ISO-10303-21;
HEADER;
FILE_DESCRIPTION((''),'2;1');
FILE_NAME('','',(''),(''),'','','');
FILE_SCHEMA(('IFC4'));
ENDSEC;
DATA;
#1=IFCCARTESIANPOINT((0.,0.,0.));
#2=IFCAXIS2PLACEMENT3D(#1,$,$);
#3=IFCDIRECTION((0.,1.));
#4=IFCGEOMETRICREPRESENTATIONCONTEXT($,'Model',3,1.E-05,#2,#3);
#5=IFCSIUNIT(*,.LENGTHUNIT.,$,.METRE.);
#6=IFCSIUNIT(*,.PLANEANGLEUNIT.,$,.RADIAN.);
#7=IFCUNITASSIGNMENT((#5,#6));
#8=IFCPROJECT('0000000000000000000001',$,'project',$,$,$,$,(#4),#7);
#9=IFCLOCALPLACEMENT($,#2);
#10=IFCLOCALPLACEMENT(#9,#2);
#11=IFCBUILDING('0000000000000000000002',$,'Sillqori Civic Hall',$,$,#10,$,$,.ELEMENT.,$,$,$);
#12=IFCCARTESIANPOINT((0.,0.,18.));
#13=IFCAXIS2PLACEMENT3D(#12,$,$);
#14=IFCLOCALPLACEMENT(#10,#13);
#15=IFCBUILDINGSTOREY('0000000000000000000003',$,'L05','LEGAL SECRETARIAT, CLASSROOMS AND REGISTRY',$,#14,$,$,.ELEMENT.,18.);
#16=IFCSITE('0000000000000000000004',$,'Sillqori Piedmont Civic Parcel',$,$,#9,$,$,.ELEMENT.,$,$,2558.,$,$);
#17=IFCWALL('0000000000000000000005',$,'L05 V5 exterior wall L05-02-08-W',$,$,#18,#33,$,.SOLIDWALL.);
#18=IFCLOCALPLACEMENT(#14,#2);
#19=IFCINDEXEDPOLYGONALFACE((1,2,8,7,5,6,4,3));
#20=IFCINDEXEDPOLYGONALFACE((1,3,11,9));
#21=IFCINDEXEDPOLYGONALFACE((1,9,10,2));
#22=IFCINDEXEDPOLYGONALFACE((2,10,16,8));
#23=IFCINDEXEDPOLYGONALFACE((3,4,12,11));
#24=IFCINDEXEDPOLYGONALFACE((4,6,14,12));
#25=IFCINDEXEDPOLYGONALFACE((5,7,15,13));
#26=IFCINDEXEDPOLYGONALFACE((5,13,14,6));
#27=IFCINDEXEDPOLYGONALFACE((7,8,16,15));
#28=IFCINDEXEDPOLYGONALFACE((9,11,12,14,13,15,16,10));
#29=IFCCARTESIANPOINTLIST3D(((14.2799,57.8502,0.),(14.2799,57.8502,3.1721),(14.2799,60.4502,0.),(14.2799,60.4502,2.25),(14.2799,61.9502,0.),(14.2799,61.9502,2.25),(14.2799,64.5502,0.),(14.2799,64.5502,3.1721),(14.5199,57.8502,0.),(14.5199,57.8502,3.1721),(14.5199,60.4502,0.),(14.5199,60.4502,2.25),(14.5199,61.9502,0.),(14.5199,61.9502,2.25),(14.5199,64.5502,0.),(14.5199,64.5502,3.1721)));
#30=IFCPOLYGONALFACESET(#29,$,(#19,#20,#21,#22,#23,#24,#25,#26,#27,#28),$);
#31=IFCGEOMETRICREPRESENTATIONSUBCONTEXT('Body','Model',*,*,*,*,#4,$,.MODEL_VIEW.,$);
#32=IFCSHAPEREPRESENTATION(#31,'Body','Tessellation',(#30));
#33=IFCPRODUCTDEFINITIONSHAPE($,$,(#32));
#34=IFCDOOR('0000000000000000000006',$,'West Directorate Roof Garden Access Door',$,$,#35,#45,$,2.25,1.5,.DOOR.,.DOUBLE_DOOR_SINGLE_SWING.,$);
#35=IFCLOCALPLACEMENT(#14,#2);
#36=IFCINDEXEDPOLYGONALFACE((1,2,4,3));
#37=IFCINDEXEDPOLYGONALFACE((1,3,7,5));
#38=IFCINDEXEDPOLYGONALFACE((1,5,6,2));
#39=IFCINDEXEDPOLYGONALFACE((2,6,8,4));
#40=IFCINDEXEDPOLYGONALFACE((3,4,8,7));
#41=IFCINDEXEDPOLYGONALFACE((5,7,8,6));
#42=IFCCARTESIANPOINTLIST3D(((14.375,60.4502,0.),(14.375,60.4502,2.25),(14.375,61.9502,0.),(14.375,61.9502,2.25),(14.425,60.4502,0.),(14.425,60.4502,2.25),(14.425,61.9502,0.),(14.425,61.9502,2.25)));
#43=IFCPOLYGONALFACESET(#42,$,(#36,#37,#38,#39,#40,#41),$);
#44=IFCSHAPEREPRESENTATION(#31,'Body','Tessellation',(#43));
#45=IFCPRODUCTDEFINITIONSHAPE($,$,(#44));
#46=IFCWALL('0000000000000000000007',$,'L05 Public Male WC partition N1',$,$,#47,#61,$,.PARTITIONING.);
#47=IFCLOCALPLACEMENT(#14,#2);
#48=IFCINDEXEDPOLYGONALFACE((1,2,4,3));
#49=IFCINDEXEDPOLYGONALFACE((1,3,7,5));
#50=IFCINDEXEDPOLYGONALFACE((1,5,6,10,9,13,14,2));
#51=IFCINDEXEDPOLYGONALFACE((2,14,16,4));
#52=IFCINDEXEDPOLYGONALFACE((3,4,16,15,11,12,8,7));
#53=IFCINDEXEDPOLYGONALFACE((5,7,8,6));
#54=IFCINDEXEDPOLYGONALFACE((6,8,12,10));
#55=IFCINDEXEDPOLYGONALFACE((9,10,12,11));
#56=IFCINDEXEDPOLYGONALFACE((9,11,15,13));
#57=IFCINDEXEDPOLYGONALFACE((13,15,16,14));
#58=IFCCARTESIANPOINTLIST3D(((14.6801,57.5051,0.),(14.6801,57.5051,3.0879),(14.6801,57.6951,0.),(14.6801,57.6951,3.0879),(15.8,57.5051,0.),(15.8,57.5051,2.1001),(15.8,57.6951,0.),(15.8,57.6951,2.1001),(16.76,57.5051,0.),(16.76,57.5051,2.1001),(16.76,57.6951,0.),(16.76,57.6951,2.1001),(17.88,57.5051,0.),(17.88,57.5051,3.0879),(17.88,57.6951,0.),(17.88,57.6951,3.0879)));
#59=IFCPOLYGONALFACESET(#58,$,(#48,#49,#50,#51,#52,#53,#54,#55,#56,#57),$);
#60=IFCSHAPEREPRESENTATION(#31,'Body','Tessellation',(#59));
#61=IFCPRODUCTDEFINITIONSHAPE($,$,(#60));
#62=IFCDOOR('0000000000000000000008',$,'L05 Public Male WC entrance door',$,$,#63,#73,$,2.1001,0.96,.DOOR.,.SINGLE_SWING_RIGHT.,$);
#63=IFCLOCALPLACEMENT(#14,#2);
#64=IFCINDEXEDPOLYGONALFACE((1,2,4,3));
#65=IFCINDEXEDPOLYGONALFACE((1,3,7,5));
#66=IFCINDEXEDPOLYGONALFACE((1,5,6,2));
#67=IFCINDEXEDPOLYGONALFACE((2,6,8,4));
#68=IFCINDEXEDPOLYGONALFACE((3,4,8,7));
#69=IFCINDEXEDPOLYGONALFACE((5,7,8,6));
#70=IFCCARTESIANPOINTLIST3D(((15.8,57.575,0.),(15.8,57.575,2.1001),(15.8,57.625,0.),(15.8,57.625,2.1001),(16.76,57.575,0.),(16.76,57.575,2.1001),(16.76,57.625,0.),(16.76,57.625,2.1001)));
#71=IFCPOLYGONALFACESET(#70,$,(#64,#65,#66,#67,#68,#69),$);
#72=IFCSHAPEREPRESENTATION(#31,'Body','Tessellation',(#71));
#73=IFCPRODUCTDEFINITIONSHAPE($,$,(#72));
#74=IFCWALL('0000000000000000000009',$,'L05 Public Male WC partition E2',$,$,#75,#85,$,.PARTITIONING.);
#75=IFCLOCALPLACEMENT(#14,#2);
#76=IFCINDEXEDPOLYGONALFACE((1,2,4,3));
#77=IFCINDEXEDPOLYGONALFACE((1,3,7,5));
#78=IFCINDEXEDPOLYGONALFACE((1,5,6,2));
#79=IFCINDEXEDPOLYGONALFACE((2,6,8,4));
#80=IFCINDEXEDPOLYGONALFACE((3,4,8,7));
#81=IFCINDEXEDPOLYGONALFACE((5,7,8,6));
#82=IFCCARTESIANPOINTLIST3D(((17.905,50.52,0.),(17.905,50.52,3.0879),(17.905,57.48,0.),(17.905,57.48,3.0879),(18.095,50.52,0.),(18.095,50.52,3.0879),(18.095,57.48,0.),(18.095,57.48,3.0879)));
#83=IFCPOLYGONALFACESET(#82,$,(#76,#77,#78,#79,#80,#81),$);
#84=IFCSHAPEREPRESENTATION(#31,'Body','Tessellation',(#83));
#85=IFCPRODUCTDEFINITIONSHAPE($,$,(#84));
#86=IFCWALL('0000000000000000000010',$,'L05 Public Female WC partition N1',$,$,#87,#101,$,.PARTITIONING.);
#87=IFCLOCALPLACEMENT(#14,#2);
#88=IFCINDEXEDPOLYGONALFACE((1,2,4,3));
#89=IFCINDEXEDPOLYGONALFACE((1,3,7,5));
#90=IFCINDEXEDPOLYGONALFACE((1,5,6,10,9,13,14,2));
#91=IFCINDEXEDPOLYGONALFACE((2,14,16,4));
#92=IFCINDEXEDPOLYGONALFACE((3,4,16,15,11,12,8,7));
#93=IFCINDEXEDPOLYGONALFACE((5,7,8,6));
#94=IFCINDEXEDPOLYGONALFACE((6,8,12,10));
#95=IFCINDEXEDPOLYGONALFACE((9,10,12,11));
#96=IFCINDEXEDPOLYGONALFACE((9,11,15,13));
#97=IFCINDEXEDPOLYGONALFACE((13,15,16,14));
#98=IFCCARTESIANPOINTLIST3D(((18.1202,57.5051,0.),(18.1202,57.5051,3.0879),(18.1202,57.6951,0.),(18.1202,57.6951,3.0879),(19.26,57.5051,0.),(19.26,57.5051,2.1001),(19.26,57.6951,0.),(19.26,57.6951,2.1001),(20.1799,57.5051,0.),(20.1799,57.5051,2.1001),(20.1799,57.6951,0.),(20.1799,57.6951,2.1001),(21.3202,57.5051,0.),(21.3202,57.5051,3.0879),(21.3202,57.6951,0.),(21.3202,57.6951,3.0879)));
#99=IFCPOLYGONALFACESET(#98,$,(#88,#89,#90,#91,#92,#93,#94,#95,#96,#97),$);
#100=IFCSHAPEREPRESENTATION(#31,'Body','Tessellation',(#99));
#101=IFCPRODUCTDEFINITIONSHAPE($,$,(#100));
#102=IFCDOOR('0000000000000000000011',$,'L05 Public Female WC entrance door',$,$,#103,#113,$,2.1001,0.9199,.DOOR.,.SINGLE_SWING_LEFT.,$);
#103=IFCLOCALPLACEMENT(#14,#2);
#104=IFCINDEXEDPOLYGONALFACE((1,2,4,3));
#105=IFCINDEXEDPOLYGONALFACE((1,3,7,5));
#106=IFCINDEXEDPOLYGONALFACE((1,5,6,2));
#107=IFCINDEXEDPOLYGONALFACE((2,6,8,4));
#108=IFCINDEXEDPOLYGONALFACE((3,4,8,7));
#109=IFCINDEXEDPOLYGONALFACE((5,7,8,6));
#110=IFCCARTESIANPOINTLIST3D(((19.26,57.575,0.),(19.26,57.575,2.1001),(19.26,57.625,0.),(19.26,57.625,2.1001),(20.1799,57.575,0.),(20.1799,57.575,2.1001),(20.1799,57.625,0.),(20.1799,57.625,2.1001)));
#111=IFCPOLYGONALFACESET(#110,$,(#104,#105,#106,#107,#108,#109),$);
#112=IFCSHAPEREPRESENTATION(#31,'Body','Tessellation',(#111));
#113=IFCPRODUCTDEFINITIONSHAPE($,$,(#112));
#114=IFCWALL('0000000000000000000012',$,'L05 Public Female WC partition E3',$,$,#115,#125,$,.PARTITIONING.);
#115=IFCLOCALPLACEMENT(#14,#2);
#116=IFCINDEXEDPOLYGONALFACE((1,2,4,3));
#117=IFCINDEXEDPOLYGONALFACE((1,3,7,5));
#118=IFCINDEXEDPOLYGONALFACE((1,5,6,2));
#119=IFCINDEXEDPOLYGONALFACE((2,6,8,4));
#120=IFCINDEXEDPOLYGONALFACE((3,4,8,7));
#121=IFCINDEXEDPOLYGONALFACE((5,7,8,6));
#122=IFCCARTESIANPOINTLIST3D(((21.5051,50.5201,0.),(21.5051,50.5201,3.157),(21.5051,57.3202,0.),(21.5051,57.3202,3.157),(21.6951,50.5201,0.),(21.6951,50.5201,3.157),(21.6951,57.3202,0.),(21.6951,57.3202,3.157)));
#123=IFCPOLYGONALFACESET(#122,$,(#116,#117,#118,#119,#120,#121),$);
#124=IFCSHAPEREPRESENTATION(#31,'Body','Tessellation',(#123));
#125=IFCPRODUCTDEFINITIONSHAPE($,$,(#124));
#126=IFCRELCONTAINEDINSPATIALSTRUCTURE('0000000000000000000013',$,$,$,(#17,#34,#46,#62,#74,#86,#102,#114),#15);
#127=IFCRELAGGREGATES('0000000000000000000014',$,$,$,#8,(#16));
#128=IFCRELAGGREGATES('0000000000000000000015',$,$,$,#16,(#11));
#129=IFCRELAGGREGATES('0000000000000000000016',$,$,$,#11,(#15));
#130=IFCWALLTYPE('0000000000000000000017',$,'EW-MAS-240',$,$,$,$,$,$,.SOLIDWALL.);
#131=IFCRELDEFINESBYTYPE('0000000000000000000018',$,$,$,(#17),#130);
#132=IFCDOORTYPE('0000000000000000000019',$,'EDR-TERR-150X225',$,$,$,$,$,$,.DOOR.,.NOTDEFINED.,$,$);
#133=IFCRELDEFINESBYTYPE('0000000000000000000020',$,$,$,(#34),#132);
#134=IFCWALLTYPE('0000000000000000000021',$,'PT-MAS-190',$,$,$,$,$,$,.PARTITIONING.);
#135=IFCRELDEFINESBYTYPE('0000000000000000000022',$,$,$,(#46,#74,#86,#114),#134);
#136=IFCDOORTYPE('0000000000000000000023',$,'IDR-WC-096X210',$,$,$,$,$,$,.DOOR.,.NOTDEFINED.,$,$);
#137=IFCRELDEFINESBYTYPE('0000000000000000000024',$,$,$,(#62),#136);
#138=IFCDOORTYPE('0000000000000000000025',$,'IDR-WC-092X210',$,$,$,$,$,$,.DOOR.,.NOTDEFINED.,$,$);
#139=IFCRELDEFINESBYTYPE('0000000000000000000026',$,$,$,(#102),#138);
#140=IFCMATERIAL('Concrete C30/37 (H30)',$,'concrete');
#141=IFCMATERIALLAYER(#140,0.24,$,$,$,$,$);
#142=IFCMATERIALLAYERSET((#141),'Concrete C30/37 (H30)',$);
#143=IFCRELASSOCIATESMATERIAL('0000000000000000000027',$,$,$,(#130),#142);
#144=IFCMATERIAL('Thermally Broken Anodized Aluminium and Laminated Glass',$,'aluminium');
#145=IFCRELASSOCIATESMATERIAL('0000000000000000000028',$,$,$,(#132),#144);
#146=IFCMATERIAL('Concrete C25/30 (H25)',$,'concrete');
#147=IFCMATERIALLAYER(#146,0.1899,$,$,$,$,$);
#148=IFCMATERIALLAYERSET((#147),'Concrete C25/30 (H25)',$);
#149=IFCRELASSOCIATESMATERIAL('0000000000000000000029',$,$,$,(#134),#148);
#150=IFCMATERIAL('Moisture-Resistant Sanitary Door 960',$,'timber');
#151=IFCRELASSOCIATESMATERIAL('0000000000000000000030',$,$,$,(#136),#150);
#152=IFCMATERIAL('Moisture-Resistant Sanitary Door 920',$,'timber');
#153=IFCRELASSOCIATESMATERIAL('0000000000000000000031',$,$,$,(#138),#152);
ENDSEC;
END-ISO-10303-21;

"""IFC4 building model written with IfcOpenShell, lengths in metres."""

from ifc_helpers import new_model, si_unit, direction, frame, frame_2d, origin, place, context, subcontext, project, spatial, rectangle, extrude, material, layer, layer_set, type_object, element, fill, save


model = new_model("IFC4")

# Units and contexts
model_context = context("Model", 3, precision=1e-05, world=origin(), true_north=direction((0.0, 1.0)))
body_context = subcontext(model_context, "Body", "Model", "MODEL_VIEW")
ifc_project = project(units=[si_unit("LENGTHUNIT", "METRE"), si_unit("PLANEANGLEUNIT", "RADIAN")], contexts=[model_context])

# Site, building, storey
site_placement = place(None, origin())
site = spatial("IfcSite", under=ifc_project, at=site_placement, Name="Sillqori Piedmont Civic Parcel", CompositionType="ELEMENT", RefElevation=2558.0)
building_placement = place(site_placement, origin())
building = spatial("IfcBuilding", under=site, at=building_placement, Name="Sillqori Civic Hall", CompositionType="ELEMENT")
storey_placement = place(building_placement, frame((0.0, 0.0, 18.0)))
storey = spatial("IfcBuildingStorey", under=building, at=storey_placement, Name="L05", Description="LEGAL SECRETARIAT, CLASSROOMS AND REGISTRY", CompositionType="ELEMENT", Elevation=18.0)

# Walls, openings, doors
ifc_material_1 = material(Name="Concrete C30/37 (H30)", Category="concrete")
ifc_layer_1 = layer(ifc_material_1, 0.24)
ifc_layer_set_1 = layer_set([ifc_layer_1], Name="Concrete C30/37 (H30)")
wall_type_1 = type_object("IfcWallType", Name="EW-MAS-240", PredefinedType="SOLIDWALL", material=ifc_layer_set_1)
wall_1_placement = place(storey_placement, frame((14.3999, 57.8501, 0.0), z_axis=(0.0, 0.0, 1.0), x_axis=(0.0, 1.0, 0.0)))
wall_1 = element("IfcWall", 1, at=wall_1_placement, inside=storey, type_object=wall_type_1, Name="L05 V5 exterior wall L05-02-08-W", PredefinedType="SOLIDWALL", context=body_context, shape_type="SweptSolid", body=[
    extrude(rectangle(XDim=6.7, YDim=0.24, at=frame_2d((3.3501, 0.0))), origin(), (0.0, 0.0, 1.0), 3.1721),
])
opening_1_placement = place(wall_1_placement, frame((2.6001, 0.0, 0.0)))
opening_1 = element("IfcOpeningElement", 2, at=opening_1_placement, cuts=wall_1, PredefinedType="OPENING", context=body_context, shape_type="SweptSolid", body=[
    extrude(rectangle(XDim=1.5, YDim=2.25, at=frame_2d((0.75, 1.125))), frame((0.0, 0.1299, 0.0), z_axis=(0.0, -1.0, 0.0), x_axis=(1.0, 0.0, 0.0)), (0.0, 0.0, 1.0), 0.26),
])
ifc_material_2 = material(Name="Thermally Broken Anodized Aluminium and Laminated Glass", Category="aluminium")
door_type_1 = type_object("IfcDoorType", Name="EDR-TERR-150X225", OperationType="NOTDEFINED", PredefinedType="DOOR", material=ifc_material_2)
door_1_placement = place(opening_1_placement, origin())
door_1 = element("IfcDoor", 3, at=door_1_placement, inside=storey, type_object=door_type_1, Name="West Directorate Roof Garden Access Door", OperationType="DOUBLE_DOOR_SINGLE_SWING", OverallHeight=2.25, OverallWidth=1.5, PredefinedType="DOOR", context=body_context, shape_type="SweptSolid", body=[
    extrude(rectangle(XDim=1.5, YDim=2.25, at=frame_2d((0.75, 1.125))), frame((0.0, 0.0249, 0.0), z_axis=(0.0, -1.0, 0.0), x_axis=(1.0, 0.0, 0.0)), (0.0, 0.0, 1.0), 0.05),
])
fill(opening_1, door_1)
ifc_material_3 = material(Name="Concrete C25/30 (H25)", Category="concrete")
ifc_layer_2 = layer(ifc_material_3, 0.1899)
ifc_layer_set_2 = layer_set([ifc_layer_2], Name="Concrete C25/30 (H25)")
wall_type_2 = type_object("IfcWallType", Name="PT-MAS-190", PredefinedType="PARTITIONING", material=ifc_layer_set_2)
wall_2_placement = place(storey_placement, frame((14.6799, 57.6001, 0.0), z_axis=(0.0, 0.0, 1.0), x_axis=(1.0, 0.0, 0.0)))
wall_2 = element("IfcWall", 4, at=wall_2_placement, inside=storey, type_object=wall_type_2, Name="L05 Public Male WC partition N1", PredefinedType="PARTITIONING", context=body_context, shape_type="SweptSolid", body=[
    extrude(rectangle(XDim=3.2, YDim=0.1899, at=frame_2d((1.6001, 0.0))), origin(), (0.0, 0.0, 1.0), 3.0879),
])
opening_2_placement = place(wall_2_placement, frame((1.1201, 0.0, 0.0)))
opening_2 = element("IfcOpeningElement", 5, at=opening_2_placement, cuts=wall_2, PredefinedType="OPENING", context=body_context, shape_type="SweptSolid", body=[
    extrude(rectangle(XDim=0.96, YDim=2.1001, at=frame_2d((0.48, 1.05))), frame((0.0, 0.105, 0.0), z_axis=(0.0, -1.0, 0.0), x_axis=(1.0, 0.0, 0.0)), (0.0, 0.0, 1.0), 0.21),
])
ifc_material_4 = material(Name="Moisture-Resistant Sanitary Door 960", Category="timber")
door_type_2 = type_object("IfcDoorType", Name="IDR-WC-096X210", OperationType="NOTDEFINED", PredefinedType="DOOR", material=ifc_material_4)
door_2_placement = place(opening_2_placement, origin())
door_2 = element("IfcDoor", 6, at=door_2_placement, inside=storey, type_object=door_type_2, Name="L05 Public Male WC entrance door", OperationType="SINGLE_SWING_RIGHT", OverallHeight=2.1001, OverallWidth=0.96, PredefinedType="DOOR", context=body_context, shape_type="SweptSolid", body=[
    extrude(rectangle(XDim=0.96, YDim=2.1001, at=frame_2d((0.48, 1.05))), frame((0.0, 0.0249, 0.0), z_axis=(0.0, -1.0, 0.0), x_axis=(1.0, 0.0, 0.0)), (0.0, 0.0, 1.0), 0.05),
])
fill(opening_2, door_2)

# Wall
wall_3_placement = place(storey_placement, frame((18.0, 57.48, 0.0), z_axis=(0.0, 0.0, 1.0), x_axis=(0.0, -1.0, 0.0)))
element("IfcWall", 7, at=wall_3_placement, inside=storey, type_object=wall_type_2, Name="L05 Public Male WC partition E2", PredefinedType="PARTITIONING", context=body_context, shape_type="SweptSolid", body=[
    extrude(rectangle(XDim=6.96, YDim=0.1899, at=frame_2d((3.48, 0.0))), origin(), (0.0, 0.0, 1.0), 3.0879),
])

# Wall, opening, door
wall_4_placement = place(storey_placement, frame((18.1201, 57.6001, 0.0), z_axis=(0.0, 0.0, 1.0), x_axis=(1.0, 0.0, 0.0)))
wall_4 = element("IfcWall", 8, at=wall_4_placement, inside=storey, type_object=wall_type_2, Name="L05 Public Female WC partition N1", PredefinedType="PARTITIONING", context=body_context, shape_type="SweptSolid", body=[
    extrude(rectangle(XDim=3.2, YDim=0.1899, at=frame_2d((1.6001, 0.0))), origin(), (0.0, 0.0, 1.0), 3.0879),
])
opening_3_placement = place(wall_4_placement, frame((1.1399, 0.0, 0.0)))
opening_3 = element("IfcOpeningElement", 9, at=opening_3_placement, cuts=wall_4, PredefinedType="OPENING", context=body_context, shape_type="SweptSolid", body=[
    extrude(rectangle(XDim=0.9199, YDim=2.1001, at=frame_2d((0.46, 1.05))), frame((0.0, 0.105, 0.0), z_axis=(0.0, -1.0, 0.0), x_axis=(1.0, 0.0, 0.0)), (0.0, 0.0, 1.0), 0.21),
])
ifc_material_5 = material(Name="Moisture-Resistant Sanitary Door 920", Category="timber")
door_type_3 = type_object("IfcDoorType", Name="IDR-WC-092X210", OperationType="NOTDEFINED", PredefinedType="DOOR", material=ifc_material_5)
door_3_placement = place(opening_3_placement, origin())
door_3 = element("IfcDoor", 10, at=door_3_placement, inside=storey, type_object=door_type_3, Name="L05 Public Female WC entrance door", OperationType="SINGLE_SWING_LEFT", OverallHeight=2.1001, OverallWidth=0.9199, PredefinedType="DOOR", context=body_context, shape_type="SweptSolid", body=[
    extrude(rectangle(XDim=0.9199, YDim=2.1001, at=frame_2d((0.46, 1.05))), frame((0.0, 0.0249, 0.0), z_axis=(0.0, -1.0, 0.0), x_axis=(1.0, 0.0, 0.0)), (0.0, 0.0, 1.0), 0.05),
])
fill(opening_3, door_3)

# Wall
wall_5_placement = place(storey_placement, frame((21.6001, 57.3201, 0.0), z_axis=(0.0, 0.0, 1.0), x_axis=(0.0, -1.0, 0.0)))
element("IfcWall", 11, at=wall_5_placement, inside=storey, type_object=wall_type_2, Name="L05 Public Female WC partition E3", PredefinedType="PARTITIONING", context=body_context, shape_type="SweptSolid", body=[
    extrude(rectangle(XDim=6.8, YDim=0.1899, at=frame_2d((3.3999, 0.0))), origin(), (0.0, 0.0, 1.0), 3.157),
])

save(model, "model.ifc")
